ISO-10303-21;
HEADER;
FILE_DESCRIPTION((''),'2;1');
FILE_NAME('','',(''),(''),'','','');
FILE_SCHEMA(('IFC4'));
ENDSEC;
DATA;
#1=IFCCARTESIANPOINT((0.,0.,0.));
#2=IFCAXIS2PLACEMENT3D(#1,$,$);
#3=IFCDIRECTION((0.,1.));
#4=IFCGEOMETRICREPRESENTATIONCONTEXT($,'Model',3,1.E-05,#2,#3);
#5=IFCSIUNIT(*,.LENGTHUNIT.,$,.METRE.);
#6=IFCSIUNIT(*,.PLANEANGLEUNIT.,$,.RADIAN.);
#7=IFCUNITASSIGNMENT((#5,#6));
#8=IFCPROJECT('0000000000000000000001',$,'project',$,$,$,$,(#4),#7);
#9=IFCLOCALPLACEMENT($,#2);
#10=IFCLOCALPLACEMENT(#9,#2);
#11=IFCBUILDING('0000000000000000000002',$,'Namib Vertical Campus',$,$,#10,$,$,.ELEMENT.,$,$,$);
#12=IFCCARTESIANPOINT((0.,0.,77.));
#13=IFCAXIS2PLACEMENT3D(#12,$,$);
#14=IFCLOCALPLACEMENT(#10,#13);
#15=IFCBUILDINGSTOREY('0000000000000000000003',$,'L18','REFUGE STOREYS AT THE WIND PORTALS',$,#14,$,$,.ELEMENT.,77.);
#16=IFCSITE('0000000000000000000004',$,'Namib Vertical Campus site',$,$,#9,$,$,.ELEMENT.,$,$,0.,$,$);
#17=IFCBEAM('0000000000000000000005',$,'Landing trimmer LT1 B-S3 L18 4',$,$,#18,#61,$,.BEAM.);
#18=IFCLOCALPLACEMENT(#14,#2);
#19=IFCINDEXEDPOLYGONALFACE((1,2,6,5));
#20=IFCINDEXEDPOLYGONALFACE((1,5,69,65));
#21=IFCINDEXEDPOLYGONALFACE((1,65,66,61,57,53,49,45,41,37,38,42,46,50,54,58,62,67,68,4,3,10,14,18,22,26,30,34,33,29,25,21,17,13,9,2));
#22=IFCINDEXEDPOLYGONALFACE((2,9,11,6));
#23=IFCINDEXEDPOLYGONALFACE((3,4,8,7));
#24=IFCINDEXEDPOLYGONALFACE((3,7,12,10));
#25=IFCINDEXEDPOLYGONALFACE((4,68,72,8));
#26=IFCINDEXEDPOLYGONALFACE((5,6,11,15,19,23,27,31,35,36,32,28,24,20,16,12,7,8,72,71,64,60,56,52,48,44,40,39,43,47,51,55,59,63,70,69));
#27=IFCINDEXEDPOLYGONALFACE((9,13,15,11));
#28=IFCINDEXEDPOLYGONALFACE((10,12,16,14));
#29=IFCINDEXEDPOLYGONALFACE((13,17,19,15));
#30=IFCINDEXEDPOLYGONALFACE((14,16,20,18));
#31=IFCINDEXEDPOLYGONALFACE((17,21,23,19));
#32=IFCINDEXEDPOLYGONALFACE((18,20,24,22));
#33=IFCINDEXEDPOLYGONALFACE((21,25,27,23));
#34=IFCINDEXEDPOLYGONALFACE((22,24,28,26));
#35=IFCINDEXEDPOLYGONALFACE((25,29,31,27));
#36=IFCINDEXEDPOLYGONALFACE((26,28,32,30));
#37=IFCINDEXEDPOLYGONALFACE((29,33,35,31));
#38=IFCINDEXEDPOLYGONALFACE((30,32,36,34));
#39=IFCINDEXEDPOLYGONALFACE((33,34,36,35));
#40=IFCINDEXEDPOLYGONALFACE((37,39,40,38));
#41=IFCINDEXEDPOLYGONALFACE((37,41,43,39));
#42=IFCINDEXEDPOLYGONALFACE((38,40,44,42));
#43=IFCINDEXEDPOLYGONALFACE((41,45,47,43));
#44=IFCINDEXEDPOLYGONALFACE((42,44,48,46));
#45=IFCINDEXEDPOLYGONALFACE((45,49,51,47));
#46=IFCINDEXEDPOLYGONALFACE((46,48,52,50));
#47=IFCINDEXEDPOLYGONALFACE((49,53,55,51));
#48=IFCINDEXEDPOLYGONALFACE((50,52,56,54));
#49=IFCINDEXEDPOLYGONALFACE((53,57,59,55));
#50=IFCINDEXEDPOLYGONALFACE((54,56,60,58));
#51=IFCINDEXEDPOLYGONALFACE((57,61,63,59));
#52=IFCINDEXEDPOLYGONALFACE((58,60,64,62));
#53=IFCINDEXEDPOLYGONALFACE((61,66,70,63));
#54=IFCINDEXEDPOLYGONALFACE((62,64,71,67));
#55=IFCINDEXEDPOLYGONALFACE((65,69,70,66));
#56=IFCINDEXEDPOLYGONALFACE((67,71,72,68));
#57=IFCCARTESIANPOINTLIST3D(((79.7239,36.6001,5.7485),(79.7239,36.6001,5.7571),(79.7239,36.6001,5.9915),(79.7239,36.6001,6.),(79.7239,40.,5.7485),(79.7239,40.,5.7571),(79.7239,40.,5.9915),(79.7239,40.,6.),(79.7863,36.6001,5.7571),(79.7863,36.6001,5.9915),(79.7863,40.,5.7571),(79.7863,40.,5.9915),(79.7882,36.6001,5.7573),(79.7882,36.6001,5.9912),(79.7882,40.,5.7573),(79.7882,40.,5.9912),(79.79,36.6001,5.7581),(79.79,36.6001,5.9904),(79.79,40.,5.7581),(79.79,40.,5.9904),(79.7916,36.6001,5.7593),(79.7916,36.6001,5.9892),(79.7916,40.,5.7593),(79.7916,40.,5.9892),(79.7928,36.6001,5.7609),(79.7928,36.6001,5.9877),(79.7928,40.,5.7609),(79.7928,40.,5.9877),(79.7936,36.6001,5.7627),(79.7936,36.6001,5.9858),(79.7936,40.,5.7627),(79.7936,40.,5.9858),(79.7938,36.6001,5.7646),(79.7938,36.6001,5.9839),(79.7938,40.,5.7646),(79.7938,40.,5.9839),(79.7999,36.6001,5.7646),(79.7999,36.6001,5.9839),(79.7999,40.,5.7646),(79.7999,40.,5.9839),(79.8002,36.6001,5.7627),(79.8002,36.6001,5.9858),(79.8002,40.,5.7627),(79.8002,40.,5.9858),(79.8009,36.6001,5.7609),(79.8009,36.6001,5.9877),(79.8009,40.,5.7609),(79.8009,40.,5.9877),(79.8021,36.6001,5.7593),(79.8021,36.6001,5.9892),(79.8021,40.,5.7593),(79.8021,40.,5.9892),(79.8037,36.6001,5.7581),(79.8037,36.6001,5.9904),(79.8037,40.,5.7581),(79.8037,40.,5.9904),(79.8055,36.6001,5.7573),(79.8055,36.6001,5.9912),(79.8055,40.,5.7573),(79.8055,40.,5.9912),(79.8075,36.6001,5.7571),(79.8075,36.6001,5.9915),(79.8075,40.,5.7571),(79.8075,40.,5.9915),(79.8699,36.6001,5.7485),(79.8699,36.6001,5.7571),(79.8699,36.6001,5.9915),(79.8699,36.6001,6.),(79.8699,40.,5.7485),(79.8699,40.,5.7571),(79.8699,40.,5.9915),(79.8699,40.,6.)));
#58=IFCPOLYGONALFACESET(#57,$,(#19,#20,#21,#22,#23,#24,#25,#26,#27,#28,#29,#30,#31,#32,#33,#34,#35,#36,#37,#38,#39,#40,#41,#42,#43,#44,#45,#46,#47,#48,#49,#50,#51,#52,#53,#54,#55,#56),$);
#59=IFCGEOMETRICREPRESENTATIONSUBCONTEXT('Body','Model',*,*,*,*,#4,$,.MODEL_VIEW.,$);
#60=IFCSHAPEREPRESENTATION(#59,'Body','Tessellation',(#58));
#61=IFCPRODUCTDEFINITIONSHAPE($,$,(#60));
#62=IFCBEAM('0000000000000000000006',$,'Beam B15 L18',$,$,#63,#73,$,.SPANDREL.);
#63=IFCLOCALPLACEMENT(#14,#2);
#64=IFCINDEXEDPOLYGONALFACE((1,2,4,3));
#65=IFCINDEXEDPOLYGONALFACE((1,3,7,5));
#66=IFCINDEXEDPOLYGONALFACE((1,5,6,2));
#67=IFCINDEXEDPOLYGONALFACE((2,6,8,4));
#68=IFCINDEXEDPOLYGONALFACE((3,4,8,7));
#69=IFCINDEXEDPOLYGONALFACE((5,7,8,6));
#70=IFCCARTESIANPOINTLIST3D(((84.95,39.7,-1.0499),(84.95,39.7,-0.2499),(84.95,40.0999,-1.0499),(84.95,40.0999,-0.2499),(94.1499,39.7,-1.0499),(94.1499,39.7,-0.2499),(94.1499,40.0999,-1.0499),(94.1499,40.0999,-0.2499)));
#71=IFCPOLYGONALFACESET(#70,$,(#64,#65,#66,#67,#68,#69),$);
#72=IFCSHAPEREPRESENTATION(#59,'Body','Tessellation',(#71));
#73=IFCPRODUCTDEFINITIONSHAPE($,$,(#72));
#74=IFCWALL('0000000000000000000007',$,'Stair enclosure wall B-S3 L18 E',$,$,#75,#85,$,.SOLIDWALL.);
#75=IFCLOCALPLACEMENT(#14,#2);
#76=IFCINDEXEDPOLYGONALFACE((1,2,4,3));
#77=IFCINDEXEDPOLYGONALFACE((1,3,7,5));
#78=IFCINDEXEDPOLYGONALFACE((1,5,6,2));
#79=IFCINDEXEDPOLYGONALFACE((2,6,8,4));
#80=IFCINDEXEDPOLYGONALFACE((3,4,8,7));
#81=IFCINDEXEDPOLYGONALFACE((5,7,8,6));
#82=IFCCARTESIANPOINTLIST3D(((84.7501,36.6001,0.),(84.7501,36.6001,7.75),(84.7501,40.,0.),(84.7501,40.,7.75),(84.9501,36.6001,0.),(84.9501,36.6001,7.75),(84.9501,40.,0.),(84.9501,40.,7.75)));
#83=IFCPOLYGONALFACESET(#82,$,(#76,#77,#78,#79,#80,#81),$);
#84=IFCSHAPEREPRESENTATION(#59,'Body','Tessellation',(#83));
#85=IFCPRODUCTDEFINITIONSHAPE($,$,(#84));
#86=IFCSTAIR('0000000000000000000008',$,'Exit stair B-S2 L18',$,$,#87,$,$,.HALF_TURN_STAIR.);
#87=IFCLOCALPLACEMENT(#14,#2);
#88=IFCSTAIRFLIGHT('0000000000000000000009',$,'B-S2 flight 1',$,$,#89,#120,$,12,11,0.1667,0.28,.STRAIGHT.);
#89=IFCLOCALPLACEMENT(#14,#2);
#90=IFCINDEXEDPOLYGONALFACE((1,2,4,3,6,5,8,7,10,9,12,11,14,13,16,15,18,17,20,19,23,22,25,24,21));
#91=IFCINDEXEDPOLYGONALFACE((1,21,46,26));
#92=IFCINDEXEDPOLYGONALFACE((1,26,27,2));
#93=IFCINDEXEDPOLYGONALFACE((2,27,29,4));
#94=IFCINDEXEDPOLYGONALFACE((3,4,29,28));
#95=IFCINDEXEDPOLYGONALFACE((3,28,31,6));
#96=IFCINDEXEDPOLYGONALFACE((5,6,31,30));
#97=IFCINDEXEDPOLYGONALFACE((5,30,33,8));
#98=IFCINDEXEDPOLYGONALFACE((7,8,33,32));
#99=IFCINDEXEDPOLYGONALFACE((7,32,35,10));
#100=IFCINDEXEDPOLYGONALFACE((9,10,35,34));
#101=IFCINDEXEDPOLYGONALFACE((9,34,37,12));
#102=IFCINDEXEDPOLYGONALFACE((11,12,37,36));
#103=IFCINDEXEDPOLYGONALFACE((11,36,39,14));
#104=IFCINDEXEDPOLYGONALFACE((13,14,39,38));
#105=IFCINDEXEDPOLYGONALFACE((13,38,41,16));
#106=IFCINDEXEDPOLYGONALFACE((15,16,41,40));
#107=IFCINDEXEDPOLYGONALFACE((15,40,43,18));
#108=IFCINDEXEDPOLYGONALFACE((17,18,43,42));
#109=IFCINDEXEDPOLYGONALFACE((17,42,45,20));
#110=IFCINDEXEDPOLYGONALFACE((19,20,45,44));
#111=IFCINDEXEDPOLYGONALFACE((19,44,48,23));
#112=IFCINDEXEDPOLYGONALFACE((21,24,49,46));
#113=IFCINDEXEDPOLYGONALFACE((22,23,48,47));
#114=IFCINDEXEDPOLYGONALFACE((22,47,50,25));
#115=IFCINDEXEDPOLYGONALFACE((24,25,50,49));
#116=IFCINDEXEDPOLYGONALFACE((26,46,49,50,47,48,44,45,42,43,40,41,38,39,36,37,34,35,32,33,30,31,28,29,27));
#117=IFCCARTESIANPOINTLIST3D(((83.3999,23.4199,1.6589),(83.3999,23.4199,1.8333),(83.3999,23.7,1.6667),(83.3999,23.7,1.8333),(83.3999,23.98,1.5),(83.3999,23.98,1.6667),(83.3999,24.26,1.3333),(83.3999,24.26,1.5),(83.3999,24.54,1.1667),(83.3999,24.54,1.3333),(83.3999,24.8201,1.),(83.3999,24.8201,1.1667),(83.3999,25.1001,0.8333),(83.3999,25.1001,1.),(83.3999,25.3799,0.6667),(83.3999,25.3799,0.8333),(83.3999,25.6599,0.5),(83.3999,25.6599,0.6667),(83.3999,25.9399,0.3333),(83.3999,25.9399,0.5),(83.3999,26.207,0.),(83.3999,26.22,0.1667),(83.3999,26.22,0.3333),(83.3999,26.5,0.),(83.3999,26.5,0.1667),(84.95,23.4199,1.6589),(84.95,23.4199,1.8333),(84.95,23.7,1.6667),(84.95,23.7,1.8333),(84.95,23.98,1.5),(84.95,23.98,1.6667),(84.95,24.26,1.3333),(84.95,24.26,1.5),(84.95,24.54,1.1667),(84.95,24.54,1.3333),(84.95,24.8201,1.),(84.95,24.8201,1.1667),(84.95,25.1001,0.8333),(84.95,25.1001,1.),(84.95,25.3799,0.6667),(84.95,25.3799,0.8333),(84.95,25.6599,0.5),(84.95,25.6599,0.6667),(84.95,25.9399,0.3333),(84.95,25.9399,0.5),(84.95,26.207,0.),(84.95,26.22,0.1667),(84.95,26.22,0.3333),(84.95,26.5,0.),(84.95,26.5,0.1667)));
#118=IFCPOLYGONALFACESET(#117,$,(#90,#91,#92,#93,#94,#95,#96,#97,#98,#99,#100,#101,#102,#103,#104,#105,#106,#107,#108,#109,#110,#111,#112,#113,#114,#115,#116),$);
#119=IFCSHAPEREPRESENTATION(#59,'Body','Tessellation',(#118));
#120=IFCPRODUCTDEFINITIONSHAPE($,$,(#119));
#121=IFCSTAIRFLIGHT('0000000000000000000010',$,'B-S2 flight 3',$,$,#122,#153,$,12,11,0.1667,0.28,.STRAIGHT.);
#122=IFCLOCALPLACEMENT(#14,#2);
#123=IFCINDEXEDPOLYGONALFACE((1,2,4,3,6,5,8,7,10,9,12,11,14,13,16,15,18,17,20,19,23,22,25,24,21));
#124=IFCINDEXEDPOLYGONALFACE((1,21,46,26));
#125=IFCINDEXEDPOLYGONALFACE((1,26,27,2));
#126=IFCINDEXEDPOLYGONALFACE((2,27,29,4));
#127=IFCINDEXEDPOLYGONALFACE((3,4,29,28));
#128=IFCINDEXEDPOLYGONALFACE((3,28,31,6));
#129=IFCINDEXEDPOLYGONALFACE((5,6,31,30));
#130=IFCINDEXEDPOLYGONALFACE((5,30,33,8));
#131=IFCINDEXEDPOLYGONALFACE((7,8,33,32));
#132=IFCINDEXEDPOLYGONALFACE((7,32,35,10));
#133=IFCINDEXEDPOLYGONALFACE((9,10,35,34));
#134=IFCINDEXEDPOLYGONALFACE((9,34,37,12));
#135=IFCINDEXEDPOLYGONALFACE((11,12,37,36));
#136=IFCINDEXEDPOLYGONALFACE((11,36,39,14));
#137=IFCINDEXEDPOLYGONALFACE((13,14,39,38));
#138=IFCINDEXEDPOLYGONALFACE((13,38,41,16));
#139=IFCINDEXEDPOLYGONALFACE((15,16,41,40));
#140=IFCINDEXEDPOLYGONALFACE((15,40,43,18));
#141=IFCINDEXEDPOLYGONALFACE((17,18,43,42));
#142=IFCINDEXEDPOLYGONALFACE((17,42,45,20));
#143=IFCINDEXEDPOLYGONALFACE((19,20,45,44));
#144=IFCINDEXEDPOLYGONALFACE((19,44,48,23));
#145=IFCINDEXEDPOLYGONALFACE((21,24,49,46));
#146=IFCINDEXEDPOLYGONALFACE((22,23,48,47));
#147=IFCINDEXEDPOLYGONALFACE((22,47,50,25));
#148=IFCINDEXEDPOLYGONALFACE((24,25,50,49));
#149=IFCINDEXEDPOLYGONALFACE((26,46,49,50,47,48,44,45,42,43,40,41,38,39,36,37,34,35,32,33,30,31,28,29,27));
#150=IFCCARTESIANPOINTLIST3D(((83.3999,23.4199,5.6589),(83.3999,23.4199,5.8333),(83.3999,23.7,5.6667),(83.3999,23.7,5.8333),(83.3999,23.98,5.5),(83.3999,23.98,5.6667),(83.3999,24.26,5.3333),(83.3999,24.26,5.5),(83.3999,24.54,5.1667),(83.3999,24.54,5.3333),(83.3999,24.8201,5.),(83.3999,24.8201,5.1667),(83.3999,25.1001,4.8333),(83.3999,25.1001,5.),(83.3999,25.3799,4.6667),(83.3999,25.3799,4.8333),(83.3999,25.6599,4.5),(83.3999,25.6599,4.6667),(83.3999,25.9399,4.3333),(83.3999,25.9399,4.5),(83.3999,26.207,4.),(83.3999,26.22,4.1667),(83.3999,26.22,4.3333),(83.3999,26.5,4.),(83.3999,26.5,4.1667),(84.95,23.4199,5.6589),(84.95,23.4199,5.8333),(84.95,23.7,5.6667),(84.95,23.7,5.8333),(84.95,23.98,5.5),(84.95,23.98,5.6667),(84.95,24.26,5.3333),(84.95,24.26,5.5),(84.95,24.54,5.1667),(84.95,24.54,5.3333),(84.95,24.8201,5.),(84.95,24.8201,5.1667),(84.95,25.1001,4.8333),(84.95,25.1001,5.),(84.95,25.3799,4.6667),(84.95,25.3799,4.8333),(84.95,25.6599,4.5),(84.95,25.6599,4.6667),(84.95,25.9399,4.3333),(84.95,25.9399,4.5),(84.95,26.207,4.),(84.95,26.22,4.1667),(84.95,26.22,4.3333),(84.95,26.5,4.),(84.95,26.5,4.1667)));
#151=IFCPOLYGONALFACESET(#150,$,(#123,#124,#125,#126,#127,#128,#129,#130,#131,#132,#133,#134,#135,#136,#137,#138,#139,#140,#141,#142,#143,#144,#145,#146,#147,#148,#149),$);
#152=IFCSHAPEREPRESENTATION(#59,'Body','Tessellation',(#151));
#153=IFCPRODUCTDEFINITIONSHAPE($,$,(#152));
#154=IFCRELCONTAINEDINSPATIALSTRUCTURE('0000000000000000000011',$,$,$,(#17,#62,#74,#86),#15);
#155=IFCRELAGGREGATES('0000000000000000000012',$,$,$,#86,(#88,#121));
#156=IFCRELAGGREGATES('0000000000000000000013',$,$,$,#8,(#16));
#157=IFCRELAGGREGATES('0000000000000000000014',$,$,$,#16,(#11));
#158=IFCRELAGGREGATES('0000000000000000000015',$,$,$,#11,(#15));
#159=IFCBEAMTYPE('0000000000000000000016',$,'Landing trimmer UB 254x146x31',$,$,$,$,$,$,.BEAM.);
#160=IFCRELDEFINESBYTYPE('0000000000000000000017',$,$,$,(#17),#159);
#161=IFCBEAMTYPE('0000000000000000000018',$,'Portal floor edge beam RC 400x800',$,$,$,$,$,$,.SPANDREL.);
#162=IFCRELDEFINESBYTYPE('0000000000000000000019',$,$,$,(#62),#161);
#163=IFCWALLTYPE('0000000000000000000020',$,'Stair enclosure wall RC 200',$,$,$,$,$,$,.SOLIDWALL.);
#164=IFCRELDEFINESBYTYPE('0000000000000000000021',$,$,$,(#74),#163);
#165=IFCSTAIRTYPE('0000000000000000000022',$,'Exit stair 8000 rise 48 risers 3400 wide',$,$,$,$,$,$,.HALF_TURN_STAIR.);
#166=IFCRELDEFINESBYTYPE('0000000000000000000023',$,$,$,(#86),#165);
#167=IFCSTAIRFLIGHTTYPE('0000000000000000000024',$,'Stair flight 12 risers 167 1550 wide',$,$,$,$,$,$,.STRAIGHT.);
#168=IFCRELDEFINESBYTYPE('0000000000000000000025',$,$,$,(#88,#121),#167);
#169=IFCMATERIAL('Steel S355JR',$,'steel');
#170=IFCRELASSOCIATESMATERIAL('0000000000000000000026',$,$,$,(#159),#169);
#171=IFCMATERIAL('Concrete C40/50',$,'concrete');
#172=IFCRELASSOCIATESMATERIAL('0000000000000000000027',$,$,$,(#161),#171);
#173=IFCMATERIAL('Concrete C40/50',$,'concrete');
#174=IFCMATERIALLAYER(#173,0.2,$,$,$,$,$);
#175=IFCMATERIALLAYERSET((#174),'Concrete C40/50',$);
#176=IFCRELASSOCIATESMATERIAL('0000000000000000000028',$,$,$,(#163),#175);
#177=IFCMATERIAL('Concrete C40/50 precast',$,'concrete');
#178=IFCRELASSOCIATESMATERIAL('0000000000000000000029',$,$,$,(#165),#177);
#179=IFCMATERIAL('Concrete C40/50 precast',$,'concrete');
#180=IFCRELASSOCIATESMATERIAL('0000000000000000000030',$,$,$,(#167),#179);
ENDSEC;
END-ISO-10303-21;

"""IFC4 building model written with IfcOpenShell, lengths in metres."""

from ifc_helpers import new_model, si_unit, direction, frame, frame_2d, origin, origin_2d, place, context, subcontext, project, spatial, polyline, rectangle, i_section, outline, extrude, material, layer, layer_set, material_profile, profile_set, type_object, element, aggregate, save


model = new_model("IFC4")

# Units and contexts
model_context = context("Model", 3, precision=1e-05, world=origin(), true_north=direction((0.0, 1.0)))
body_context = subcontext(model_context, "Body", "Model", "MODEL_VIEW")
ifc_project = project(units=[si_unit("LENGTHUNIT", "METRE"), si_unit("PLANEANGLEUNIT", "RADIAN")], contexts=[model_context])

# Site, building, storey
site_placement = place(None, origin())
site = spatial("IfcSite", under=ifc_project, at=site_placement, Name="Namib Vertical Campus site", CompositionType="ELEMENT", RefElevation=0.0)
building_placement = place(site_placement, origin())
building = spatial("IfcBuilding", under=site, at=building_placement, Name="Namib Vertical Campus", CompositionType="ELEMENT")
storey_placement = place(building_placement, frame((0.0, 0.0, 77.0)))
storey = spatial("IfcBuildingStorey", under=building, at=storey_placement, Name="L18", Description="REFUGE STOREYS AT THE WIND PORTALS", CompositionType="ELEMENT", Elevation=77.0)

# Beams
ifc_material_1 = material(Name="Steel S355JR", Category="steel")
ifc_material_profile_1 = material_profile(ifc_material_1, i_section(OverallWidth=0.146, OverallDepth=0.2515, WebThickness=0.0061, FlangeThickness=0.0085, FilletRadius=0.0076, at=origin_2d()))
ifc_profile_set_1 = profile_set([ifc_material_profile_1], Name="Steel S355JR")
beam_type_1 = type_object("IfcBeamType", Name="Landing trimmer UB 254x146x31", PredefinedType="BEAM", material=ifc_profile_set_1)
for number, where, z_axis, x_axis, name in (
    (1, (79.7969, 36.6001, 5.8743), (0.0, 1.0, 0.0), (-1.0, 0.0, 0.0), "Landing trimmer LT1 B-S3 L18 4"),
):
    element("IfcBeam", number, at=place(storey_placement, frame(where, z_axis=z_axis, x_axis=x_axis)), inside=storey, type_object=beam_type_1, Name=name, PredefinedType="BEAM", context=body_context, shape_type="SweptSolid", body=[
        extrude(i_section(OverallWidth=0.146, OverallDepth=0.2515, WebThickness=0.0061, FlangeThickness=0.0085, FilletRadius=0.0076, at=origin_2d()), origin(), (0.0, 0.0, 1.0), 3.3999),
    ])
ifc_material_2 = material(Name="Concrete C40/50", Category="concrete")
ifc_material_profile_2 = material_profile(ifc_material_2, rectangle(XDim=0.3999, YDim=0.8, at=origin_2d()))
ifc_profile_set_2 = profile_set([ifc_material_profile_2], Name="Concrete C40/50")
beam_type_2 = type_object("IfcBeamType", Name="Portal floor edge beam RC 400x800", PredefinedType="SPANDREL", material=ifc_profile_set_2)
beam_placement = place(storey_placement, frame((84.95, 39.8999, -0.6499), z_axis=(1.0, 0.0, 0.0), x_axis=(0.0, 1.0, 0.0)))
element("IfcBeam", 2, at=beam_placement, inside=storey, type_object=beam_type_2, Name="Beam B15 L18", PredefinedType="SPANDREL", context=body_context, shape_type="SweptSolid", body=[
    extrude(rectangle(XDim=0.3999, YDim=0.8, at=origin_2d()), origin(), (0.0, 0.0, 1.0), 9.2),
])

# Wall
ifc_material_3 = material(Name="Concrete C40/50", Category="concrete")
ifc_layer = layer(ifc_material_3, 0.2)
ifc_layer_set = layer_set([ifc_layer], Name="Concrete C40/50")
wall_type = type_object("IfcWallType", Name="Stair enclosure wall RC 200", PredefinedType="SOLIDWALL", material=ifc_layer_set)
wall_placement = place(storey_placement, frame((84.8501, 36.6001, 0.0), z_axis=(0.0, 0.0, 1.0), x_axis=(0.0, 1.0, 0.0)))
element("IfcWall", 3, at=wall_placement, inside=storey, type_object=wall_type, Name="Stair enclosure wall B-S3 L18 E", PredefinedType="SOLIDWALL", context=body_context, shape_type="SweptSolid", body=[
    extrude(rectangle(XDim=3.3999, YDim=0.2, at=frame_2d((1.7, 0.0))), origin(), (0.0, 0.0, 1.0), 7.75),
])

# Stair, stair flights
ifc_material_4 = material(Name="Concrete C40/50 precast", Category="concrete")
stair_type = type_object("IfcStairType", Name="Exit stair 8000 rise 48 risers 3400 wide", PredefinedType="HALF_TURN_STAIR", material=ifc_material_4)
stair_1_placement = place(storey_placement, origin())
stair_1 = element("IfcStair", 4, at=stair_1_placement, inside=storey, type_object=stair_type, Name="Exit stair B-S2 L18", PredefinedType="HALF_TURN_STAIR")
ifc_material_5 = material(Name="Concrete C40/50 precast", Category="concrete")
stair_flight_type = type_object("IfcStairFlightType", Name="Stair flight 12 risers 167 1550 wide", PredefinedType="STRAIGHT", material=ifc_material_5)
stair_flight_1_placement = place(storey_placement, frame((84.175, 26.5, 0.0), z_axis=(0.0, 0.0, 1.0), x_axis=(0.0, -1.0, 0.0)))
stair_flight_1 = element("IfcStairFlight", 5, at=stair_flight_1_placement, type_object=stair_flight_type, Name="B-S2 flight 1", NumberOfRisers=12, NumberOfTreads=11, PredefinedType="STRAIGHT", RiserHeight=0.1667, TreadLength=0.28, context=body_context, shape_type="SweptSolid", body=[
    extrude(outline(polyline([(0.0, 0.0), (0.0, 0.1667), (0.28, 0.1667), (0.28, 0.3333), (0.5601, 0.3333), (0.5601, 0.5), (0.8401, 0.5), (0.8401, 0.6667), (1.1201, 0.6667), (1.1201, 0.8333), (1.3999, 0.8333), (1.3999, 1.0), (1.6799, 1.0), (1.6799, 1.1667), (1.96, 1.1667), (1.96, 1.3333), (2.24, 1.3333), (2.24, 1.5), (2.52, 1.5), (2.52, 1.6667), (2.8, 1.6667), (2.8, 1.8333), (3.0801, 1.8333), (3.0801, 2.0), (3.0801, 1.6589), (0.293, 0.0), (0.0, 0.0)])), frame((0.0, 0.7749, 0.0), z_axis=(0.0, -1.0, 0.0), x_axis=(1.0, 0.0, 0.0)), (0.0, 0.0, 1.0), 1.55),
])
stair_flight_2_placement = place(storey_placement, frame((84.175, 26.5, 4.0), z_axis=(0.0, 0.0, 1.0), x_axis=(0.0, -1.0, 0.0)))
stair_flight_2 = element("IfcStairFlight", 6, at=stair_flight_2_placement, type_object=stair_flight_type, Name="B-S2 flight 3", NumberOfRisers=12, NumberOfTreads=11, PredefinedType="STRAIGHT", RiserHeight=0.1667, TreadLength=0.28, context=body_context, shape_type="SweptSolid", body=[
    extrude(outline(polyline([(0.0, 0.0), (0.0, 0.1667), (0.28, 0.1667), (0.28, 0.3333), (0.5601, 0.3333), (0.5601, 0.5), (0.8401, 0.5), (0.8401, 0.6667), (1.1201, 0.6667), (1.1201, 0.8333), (1.3999, 0.8333), (1.3999, 1.0), (1.6799, 1.0), (1.6799, 1.1667), (1.96, 1.1667), (1.96, 1.3333), (2.24, 1.3333), (2.24, 1.5), (2.52, 1.5), (2.52, 1.6667), (2.8, 1.6667), (2.8, 1.8333), (3.0801, 1.8333), (3.0801, 2.0), (3.0801, 1.6589), (0.293, 0.0), (0.0, 0.0)])), frame((0.0, 0.7749, 0.0), z_axis=(0.0, -1.0, 0.0), x_axis=(1.0, 0.0, 0.0)), (0.0, 0.0, 1.0), 1.55),
])
aggregate(stair_1, [stair_flight_1, stair_flight_2])

save(model, "model.ifc")
